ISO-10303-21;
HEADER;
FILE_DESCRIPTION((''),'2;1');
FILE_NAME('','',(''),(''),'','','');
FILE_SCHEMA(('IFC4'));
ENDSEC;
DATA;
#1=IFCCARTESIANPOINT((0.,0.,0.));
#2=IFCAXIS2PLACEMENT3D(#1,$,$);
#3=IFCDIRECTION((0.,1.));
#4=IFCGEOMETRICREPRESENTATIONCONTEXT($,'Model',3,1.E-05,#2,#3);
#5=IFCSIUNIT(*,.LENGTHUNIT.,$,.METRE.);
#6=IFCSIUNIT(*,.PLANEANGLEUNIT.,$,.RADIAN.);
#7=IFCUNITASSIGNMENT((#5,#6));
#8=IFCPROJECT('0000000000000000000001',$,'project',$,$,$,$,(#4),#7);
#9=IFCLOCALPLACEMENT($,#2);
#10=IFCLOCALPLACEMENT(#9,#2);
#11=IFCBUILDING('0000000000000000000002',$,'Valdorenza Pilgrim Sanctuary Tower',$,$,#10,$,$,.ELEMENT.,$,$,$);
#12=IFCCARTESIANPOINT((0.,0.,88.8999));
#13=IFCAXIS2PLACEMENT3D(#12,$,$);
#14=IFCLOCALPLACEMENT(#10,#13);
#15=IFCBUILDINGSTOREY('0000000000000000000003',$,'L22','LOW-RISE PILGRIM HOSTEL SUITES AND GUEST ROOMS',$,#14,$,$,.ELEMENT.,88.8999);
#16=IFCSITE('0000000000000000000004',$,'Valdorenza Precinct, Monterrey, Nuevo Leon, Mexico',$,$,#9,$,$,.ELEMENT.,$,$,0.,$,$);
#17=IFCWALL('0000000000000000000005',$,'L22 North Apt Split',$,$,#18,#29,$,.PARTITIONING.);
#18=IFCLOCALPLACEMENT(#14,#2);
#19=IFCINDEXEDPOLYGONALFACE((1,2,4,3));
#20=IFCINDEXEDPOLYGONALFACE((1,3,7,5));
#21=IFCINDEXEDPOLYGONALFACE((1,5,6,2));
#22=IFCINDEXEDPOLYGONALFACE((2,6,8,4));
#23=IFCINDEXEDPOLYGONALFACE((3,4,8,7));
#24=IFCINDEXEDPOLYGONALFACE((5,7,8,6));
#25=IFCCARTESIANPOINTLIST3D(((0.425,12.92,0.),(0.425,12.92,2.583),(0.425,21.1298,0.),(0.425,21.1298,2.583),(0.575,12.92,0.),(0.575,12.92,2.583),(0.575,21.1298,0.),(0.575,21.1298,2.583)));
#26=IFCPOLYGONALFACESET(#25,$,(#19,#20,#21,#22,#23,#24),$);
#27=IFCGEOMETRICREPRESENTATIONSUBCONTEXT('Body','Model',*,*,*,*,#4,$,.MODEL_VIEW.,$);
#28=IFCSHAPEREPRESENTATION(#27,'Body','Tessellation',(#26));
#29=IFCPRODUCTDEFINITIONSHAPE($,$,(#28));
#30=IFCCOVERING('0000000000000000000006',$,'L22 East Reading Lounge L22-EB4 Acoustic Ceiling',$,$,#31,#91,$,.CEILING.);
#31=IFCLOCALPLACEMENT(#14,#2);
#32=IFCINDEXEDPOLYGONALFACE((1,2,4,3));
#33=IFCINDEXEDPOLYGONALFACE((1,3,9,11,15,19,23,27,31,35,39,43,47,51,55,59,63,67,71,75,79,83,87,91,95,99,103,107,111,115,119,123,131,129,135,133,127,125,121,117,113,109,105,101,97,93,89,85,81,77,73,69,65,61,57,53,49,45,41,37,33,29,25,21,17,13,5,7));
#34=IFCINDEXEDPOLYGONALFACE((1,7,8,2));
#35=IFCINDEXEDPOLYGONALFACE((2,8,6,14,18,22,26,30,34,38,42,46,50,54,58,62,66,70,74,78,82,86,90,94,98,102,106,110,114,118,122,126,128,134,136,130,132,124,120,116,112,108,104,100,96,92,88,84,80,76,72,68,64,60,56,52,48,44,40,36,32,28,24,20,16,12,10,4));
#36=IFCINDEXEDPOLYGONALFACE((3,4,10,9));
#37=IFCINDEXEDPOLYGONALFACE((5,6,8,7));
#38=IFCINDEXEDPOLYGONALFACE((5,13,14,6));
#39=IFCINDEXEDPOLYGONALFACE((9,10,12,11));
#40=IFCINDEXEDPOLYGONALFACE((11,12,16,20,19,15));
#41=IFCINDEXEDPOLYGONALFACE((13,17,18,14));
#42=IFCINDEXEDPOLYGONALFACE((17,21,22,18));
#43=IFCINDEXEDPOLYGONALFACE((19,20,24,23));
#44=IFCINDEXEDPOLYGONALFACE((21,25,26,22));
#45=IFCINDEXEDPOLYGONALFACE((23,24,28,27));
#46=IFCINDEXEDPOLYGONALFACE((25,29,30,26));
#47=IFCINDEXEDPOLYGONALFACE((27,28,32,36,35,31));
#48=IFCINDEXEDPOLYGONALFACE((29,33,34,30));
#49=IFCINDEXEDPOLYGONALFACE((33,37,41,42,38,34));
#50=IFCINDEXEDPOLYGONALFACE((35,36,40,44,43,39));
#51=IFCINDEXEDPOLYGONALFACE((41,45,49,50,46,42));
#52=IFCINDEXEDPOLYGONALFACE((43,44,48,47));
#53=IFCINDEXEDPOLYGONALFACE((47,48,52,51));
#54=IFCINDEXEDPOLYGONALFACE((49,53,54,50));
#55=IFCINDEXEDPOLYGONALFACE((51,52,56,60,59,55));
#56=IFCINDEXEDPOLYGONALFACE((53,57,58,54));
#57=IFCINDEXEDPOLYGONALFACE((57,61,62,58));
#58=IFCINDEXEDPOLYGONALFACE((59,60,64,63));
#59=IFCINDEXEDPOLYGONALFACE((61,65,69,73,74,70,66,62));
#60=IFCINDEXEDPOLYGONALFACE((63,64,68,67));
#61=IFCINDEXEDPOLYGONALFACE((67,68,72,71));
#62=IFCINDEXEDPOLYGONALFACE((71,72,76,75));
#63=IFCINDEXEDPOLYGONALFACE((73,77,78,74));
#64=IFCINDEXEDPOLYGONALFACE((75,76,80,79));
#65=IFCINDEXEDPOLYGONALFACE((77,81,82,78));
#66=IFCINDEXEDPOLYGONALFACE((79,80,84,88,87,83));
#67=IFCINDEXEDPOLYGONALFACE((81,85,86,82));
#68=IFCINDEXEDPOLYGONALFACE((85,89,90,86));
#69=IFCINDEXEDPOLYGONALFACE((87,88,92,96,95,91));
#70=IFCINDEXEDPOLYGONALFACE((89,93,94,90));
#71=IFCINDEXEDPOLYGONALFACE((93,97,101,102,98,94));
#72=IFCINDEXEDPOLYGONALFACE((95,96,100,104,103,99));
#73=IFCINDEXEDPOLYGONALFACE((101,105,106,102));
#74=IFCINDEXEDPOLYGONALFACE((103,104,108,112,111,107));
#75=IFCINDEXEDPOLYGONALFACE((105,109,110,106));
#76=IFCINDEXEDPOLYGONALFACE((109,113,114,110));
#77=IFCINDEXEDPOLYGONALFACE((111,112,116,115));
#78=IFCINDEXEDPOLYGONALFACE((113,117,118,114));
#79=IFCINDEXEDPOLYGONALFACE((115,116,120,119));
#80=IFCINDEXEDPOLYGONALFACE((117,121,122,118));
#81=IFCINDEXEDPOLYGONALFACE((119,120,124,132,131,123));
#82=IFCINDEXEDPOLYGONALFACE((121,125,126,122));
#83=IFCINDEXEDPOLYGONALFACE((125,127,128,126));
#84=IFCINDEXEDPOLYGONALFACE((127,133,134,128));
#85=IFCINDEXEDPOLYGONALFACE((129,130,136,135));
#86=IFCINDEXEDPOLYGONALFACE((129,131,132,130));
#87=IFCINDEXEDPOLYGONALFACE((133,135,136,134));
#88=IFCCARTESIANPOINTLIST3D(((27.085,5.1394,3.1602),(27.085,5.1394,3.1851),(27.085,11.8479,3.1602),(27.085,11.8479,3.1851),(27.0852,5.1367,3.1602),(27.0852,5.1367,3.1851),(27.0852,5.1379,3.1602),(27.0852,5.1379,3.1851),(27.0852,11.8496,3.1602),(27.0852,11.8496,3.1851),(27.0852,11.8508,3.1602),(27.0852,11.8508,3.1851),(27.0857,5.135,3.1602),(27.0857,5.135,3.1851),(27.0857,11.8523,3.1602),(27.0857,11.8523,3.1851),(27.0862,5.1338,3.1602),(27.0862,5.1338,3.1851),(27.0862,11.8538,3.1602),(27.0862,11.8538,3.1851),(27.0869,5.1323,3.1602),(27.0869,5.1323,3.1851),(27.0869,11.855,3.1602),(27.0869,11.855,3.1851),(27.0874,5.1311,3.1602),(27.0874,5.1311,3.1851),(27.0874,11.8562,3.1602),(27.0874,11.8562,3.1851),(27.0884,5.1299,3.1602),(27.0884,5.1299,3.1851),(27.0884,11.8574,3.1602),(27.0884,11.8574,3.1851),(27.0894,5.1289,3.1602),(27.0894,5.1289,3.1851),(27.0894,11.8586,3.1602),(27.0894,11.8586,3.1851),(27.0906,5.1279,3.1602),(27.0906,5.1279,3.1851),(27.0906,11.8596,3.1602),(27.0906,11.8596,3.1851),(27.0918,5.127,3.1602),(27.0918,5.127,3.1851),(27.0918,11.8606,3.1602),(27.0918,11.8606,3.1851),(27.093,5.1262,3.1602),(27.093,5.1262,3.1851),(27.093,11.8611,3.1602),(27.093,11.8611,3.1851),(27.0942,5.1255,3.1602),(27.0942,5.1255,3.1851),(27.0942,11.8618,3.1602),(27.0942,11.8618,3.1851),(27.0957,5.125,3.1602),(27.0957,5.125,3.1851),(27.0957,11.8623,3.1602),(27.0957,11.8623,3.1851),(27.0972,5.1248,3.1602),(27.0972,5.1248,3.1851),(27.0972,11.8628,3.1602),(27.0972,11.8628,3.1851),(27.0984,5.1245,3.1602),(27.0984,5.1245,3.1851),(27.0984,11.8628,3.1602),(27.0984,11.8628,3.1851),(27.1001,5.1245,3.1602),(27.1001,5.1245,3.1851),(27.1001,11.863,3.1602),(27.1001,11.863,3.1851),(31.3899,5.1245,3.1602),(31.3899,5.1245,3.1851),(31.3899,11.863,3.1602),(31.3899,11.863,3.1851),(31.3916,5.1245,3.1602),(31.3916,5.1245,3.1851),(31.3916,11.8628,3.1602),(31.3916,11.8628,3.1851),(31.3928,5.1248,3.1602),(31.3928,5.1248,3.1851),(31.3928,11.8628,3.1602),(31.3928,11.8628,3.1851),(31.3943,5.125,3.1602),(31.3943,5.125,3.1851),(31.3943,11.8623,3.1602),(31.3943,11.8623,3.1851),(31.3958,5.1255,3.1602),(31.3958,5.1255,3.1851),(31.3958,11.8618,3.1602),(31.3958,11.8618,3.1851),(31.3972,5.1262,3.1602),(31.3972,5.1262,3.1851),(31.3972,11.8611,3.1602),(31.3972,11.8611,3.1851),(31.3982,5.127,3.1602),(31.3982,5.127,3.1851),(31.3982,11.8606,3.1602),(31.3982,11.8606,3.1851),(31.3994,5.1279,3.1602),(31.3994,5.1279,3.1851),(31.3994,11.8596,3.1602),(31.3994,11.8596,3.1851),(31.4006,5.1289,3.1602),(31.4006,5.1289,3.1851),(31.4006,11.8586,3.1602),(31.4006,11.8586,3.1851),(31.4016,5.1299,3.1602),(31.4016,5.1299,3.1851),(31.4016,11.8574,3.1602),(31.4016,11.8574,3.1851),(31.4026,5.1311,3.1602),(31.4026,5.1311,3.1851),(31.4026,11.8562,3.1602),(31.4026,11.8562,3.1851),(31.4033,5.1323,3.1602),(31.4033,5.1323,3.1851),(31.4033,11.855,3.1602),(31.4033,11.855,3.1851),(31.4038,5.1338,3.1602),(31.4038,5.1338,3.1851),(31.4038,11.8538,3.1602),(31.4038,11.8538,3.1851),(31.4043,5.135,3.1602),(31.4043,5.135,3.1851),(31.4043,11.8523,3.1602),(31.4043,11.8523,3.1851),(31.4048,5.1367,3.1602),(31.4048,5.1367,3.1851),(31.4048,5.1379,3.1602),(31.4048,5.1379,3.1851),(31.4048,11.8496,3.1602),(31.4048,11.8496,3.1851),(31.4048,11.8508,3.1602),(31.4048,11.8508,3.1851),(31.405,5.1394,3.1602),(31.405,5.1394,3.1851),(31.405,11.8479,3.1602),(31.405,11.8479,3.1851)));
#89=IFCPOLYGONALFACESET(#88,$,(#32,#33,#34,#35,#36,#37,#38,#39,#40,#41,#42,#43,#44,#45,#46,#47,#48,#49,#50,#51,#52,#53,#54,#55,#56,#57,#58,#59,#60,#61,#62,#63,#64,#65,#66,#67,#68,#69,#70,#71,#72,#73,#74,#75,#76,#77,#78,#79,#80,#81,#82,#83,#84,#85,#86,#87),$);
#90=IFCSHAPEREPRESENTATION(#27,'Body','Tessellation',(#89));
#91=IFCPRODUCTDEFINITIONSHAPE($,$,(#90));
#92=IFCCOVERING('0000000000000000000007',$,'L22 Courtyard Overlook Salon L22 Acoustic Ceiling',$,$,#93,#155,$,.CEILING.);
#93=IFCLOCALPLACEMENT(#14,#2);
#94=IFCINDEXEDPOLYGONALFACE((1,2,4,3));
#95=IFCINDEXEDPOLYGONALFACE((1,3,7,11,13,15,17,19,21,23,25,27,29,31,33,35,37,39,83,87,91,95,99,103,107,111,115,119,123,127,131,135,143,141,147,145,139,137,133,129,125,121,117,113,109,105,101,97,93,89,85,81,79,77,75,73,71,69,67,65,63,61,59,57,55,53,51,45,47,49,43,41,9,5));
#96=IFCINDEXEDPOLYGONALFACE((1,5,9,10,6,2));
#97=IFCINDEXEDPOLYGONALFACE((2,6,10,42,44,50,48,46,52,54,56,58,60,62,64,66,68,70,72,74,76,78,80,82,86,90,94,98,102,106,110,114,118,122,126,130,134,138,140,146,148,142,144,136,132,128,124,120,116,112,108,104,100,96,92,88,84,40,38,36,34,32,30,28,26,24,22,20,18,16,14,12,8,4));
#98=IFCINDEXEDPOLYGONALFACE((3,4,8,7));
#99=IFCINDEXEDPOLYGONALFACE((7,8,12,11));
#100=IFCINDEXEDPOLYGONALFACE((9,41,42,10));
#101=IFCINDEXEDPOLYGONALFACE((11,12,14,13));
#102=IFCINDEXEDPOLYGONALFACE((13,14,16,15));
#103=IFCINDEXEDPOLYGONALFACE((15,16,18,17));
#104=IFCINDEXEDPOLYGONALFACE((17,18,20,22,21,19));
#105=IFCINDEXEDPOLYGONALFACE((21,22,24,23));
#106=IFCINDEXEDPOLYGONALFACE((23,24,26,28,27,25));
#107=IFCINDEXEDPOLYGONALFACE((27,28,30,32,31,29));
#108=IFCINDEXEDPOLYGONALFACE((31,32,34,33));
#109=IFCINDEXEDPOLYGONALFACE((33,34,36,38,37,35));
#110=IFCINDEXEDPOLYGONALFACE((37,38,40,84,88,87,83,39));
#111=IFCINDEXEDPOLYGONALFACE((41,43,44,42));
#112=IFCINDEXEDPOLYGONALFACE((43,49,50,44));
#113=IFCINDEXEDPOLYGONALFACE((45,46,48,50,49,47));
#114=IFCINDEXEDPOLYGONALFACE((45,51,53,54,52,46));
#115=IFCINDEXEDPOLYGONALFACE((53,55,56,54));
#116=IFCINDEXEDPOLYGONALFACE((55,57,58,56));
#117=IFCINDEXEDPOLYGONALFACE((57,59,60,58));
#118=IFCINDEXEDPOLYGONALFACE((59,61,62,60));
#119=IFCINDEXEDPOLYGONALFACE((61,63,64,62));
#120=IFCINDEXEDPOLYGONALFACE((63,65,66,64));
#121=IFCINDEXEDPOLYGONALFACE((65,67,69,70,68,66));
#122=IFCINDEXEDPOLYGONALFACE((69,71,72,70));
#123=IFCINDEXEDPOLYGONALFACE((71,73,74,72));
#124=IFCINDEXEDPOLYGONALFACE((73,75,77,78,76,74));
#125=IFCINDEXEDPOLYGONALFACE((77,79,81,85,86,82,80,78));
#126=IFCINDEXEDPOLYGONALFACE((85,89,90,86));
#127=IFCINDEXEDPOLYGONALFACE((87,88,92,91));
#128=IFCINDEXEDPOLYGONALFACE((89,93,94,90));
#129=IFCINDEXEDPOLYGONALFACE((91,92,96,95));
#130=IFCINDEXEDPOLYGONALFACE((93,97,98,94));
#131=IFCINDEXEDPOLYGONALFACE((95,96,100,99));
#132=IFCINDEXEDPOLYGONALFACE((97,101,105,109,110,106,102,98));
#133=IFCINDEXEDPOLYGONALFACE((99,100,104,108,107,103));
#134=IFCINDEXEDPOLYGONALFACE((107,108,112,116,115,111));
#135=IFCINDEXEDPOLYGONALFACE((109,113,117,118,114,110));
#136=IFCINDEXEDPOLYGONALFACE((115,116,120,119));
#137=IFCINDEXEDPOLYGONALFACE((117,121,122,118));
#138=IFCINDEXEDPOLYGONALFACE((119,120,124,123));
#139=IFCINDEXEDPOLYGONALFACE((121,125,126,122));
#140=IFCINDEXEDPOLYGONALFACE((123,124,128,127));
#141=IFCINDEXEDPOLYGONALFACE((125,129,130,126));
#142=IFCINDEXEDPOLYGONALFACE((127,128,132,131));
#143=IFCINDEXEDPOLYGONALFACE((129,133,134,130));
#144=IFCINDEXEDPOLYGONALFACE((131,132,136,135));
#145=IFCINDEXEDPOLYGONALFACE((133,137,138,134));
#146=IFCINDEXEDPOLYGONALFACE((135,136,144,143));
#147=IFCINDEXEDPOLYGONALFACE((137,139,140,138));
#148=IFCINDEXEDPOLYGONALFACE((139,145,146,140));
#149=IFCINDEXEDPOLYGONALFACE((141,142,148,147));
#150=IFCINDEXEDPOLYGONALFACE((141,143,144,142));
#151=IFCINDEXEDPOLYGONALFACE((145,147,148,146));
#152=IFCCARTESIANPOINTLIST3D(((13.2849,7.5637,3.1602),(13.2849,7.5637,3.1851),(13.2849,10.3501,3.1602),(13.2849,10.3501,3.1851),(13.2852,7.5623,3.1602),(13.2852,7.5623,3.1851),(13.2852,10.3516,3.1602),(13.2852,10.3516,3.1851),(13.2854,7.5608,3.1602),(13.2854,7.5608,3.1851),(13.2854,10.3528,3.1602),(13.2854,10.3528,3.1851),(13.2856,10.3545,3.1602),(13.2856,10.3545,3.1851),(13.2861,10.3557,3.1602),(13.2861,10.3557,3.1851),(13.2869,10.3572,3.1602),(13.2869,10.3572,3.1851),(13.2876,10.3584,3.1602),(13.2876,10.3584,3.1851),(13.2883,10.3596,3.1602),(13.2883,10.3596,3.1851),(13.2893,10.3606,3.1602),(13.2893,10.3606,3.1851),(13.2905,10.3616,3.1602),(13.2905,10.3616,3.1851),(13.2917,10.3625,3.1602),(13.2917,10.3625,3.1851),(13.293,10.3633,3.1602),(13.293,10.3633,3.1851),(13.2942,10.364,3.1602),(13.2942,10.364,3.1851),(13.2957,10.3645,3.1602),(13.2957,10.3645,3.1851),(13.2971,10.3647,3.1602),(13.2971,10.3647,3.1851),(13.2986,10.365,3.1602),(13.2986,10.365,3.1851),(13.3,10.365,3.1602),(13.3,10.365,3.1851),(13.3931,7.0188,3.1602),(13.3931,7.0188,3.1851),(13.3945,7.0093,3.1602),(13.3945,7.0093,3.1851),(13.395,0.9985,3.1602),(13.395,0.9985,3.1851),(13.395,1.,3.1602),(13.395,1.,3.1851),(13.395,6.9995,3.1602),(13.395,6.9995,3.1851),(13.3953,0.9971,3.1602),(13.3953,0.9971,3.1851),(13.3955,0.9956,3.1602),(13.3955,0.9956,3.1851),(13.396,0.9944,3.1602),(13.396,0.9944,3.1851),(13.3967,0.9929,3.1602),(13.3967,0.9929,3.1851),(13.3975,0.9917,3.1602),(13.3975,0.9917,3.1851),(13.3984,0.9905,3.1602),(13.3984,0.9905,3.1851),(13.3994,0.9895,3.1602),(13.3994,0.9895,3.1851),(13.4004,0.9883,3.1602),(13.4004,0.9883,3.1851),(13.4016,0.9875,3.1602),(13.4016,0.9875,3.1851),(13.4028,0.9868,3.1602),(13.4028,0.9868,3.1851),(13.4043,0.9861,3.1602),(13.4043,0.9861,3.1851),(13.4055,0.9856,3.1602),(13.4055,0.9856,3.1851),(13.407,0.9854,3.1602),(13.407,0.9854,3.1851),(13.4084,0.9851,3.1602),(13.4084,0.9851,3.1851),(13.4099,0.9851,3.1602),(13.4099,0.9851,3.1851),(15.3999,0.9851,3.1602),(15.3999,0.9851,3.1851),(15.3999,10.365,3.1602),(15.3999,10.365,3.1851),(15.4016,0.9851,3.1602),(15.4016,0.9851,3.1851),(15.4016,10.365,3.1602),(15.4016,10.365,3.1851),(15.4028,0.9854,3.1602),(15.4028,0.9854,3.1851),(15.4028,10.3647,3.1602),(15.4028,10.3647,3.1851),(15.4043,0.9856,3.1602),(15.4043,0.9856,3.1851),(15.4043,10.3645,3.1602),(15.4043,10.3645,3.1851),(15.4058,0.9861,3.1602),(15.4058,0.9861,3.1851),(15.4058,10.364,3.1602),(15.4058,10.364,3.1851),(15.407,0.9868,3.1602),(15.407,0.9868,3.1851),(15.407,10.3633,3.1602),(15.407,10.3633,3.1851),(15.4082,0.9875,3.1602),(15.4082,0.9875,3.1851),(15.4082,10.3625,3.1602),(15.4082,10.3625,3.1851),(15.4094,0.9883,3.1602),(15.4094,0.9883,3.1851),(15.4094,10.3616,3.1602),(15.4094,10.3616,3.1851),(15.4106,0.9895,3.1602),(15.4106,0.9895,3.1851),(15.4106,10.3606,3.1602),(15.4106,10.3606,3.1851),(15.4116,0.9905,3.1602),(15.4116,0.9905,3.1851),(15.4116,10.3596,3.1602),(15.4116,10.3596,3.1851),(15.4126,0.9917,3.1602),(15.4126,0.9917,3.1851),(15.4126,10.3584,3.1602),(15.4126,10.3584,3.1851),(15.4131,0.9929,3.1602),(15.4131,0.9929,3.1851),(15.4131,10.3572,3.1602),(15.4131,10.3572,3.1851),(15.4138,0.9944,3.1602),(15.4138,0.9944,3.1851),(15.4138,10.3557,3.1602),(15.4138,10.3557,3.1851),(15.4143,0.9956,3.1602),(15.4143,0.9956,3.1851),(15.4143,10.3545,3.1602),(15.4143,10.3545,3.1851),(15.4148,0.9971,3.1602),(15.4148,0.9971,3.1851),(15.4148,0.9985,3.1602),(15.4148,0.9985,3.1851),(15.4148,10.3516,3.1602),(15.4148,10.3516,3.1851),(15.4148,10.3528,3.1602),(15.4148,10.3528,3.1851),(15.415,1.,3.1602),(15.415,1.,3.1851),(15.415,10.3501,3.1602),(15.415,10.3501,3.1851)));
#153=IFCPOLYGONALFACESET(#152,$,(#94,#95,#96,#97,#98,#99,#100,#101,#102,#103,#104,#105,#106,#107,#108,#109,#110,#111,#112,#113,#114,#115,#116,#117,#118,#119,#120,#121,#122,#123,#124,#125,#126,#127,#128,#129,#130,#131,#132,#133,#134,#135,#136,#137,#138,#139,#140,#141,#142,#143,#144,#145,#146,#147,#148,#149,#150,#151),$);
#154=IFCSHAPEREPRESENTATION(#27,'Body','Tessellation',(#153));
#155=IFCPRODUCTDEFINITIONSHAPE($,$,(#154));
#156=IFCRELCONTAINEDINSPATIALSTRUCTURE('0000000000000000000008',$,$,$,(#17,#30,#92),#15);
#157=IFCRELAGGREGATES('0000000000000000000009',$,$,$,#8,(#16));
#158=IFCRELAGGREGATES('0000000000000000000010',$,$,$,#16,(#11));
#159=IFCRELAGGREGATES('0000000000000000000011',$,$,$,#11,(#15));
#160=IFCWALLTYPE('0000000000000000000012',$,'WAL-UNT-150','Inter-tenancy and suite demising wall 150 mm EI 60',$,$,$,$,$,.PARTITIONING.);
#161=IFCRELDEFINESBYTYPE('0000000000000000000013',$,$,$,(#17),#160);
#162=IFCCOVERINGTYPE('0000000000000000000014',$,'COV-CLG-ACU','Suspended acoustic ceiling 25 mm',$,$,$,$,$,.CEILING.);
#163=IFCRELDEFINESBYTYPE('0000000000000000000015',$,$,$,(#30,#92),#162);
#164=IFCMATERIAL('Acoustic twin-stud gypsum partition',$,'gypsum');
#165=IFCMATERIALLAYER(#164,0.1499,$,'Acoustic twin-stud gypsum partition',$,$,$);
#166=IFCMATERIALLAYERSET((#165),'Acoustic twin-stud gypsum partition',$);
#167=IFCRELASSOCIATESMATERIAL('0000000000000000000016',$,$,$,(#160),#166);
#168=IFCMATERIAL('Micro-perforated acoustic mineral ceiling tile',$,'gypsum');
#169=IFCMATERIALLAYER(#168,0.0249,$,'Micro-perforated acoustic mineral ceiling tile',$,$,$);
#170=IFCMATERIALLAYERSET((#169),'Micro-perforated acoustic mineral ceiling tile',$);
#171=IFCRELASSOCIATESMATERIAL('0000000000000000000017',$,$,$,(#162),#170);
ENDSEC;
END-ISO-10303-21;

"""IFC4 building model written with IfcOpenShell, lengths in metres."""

from ifc_helpers import new_model, si_unit, direction, frame, frame_2d, origin, place, context, subcontext, project, spatial, polyline, rectangle, outline, extrude, material, layer, layer_set, type_object, element, save


model = new_model("IFC4")

# Units and contexts
model_context = context("Model", 3, precision=1e-05, world=origin(), true_north=direction((0.0, 1.0)))
body_context = subcontext(model_context, "Body", "Model", "MODEL_VIEW")
ifc_project = project(units=[si_unit("LENGTHUNIT", "METRE"), si_unit("PLANEANGLEUNIT", "RADIAN")], contexts=[model_context])

# Site, building, storey
site_placement = place(None, origin())
site = spatial("IfcSite", under=ifc_project, at=site_placement, Name="Valdorenza Precinct, Monterrey, Nuevo Leon, Mexico", CompositionType="ELEMENT", RefElevation=0.0)
building_placement = place(site_placement, origin())
building = spatial("IfcBuilding", under=site, at=building_placement, Name="Valdorenza Pilgrim Sanctuary Tower", CompositionType="ELEMENT")
storey_placement = place(building_placement, frame((0.0, 0.0, 88.8999)))
storey = spatial("IfcBuildingStorey", under=building, at=storey_placement, Name="L22", Description="LOW-RISE PILGRIM HOSTEL SUITES AND GUEST ROOMS", CompositionType="ELEMENT", Elevation=88.8999)

# Wall
ifc_material_1 = material(Name="Acoustic twin-stud gypsum partition", Category="gypsum")
ifc_layer_1 = layer(ifc_material_1, 0.1499, Name="Acoustic twin-stud gypsum partition")
ifc_layer_set_1 = layer_set([ifc_layer_1], Name="Acoustic twin-stud gypsum partition")
wall_type_1 = type_object("IfcWallType", Name="WAL-UNT-150", Description="Inter-tenancy and suite demising wall 150 mm EI 60", PredefinedType="PARTITIONING", material=ifc_layer_set_1)
wall_1_placement = place(storey_placement, frame((0.5, 12.9199, 0.0), z_axis=(0.0, 0.0, 1.0), x_axis=(0.0, 1.0, 0.0)))
element("IfcWall", 1, at=wall_1_placement, inside=storey, type_object=wall_type_1, Name="L22 North Apt Split", PredefinedType="PARTITIONING", context=body_context, shape_type="SweptSolid", body=[
    extrude(rectangle(XDim=8.2097, YDim=0.1499, at=frame_2d((4.105, 0.0))), origin(), (0.0, 0.0, 1.0), 2.583),
])

# Coverings
ifc_material_2 = material(Name="Micro-perforated acoustic mineral ceiling tile", Category="gypsum")
ifc_layer_2 = layer(ifc_material_2, 0.0249, Name="Micro-perforated acoustic mineral ceiling tile")
ifc_layer_set_2 = layer_set([ifc_layer_2], Name="Micro-perforated acoustic mineral ceiling tile")
covering_type_1 = type_object("IfcCoveringType", Name="COV-CLG-ACU", Description="Suspended acoustic ceiling 25 mm", PredefinedType="CEILING", material=ifc_layer_set_2)
covering_1_placement = place(storey_placement, frame((0.0, 0.0, 3.1602)))
element("IfcCovering", 2, at=covering_1_placement, inside=storey, type_object=covering_type_1, Name="L22 East Reading Lounge L22-EB4 Acoustic Ceiling", PredefinedType="CEILING", context=body_context, shape_type="SweptSolid", body=[
    extrude(outline(polyline([(27.085, 11.8479), (27.0852, 11.8496), (27.0852, 11.8508), (27.0857, 11.8523), (27.0862, 11.8538), (27.0869, 11.855), (27.0874, 11.8562), (27.0884, 11.8574), (27.0894, 11.8586), (27.0906, 11.8596), (27.0918, 11.8606), (27.093, 11.8611), (27.0942, 11.8618), (27.0957, 11.8623), (27.0972, 11.8628), (27.0984, 11.8628), (27.1001, 11.863), (31.3899, 11.863), (31.3916, 11.8628), (31.3928, 11.8628), (31.3943, 11.8623), (31.3958, 11.8618), (31.3972, 11.8611), (31.3982, 11.8606), (31.3994, 11.8596), (31.4006, 11.8586), (31.4016, 11.8574), (31.4026, 11.8562), (31.4033, 11.855), (31.4038, 11.8538), (31.4043, 11.8523), (31.4048, 11.8508), (31.4048, 11.8496), (31.405, 11.8479), (31.405, 5.1394), (31.4048, 5.1379), (31.4048, 5.1367), (31.4043, 5.135), (31.4038, 5.1338), (31.4033, 5.1323), (31.4026, 5.1311), (31.4016, 5.1299), (31.4006, 5.1289), (31.3994, 5.1279), (31.3982, 5.127), (31.3972, 5.1262), (31.3958, 5.1255), (31.3943, 5.125), (31.3928, 5.1248), (31.3916, 5.1245), (31.3899, 5.1245), (27.1001, 5.1245), (27.0984, 5.1245), (27.0972, 5.1248), (27.0957, 5.125), (27.0942, 5.1255), (27.093, 5.1262), (27.0918, 5.127), (27.0906, 5.1279), (27.0894, 5.1289), (27.0884, 5.1299), (27.0874, 5.1311), (27.0869, 5.1323), (27.0862, 5.1338), (27.0857, 5.135), (27.0852, 5.1367), (27.0852, 5.1379), (27.085, 5.1394), (27.085, 11.8479)])), origin(), (0.0, 0.0, 1.0), 0.0249),
])
covering_2_placement = place(storey_placement, frame((0.0, 0.0, 3.1602)))
element("IfcCovering", 3, at=covering_2_placement, inside=storey, type_object=covering_type_1, Name="L22 Courtyard Overlook Salon L22 Acoustic Ceiling", PredefinedType="CEILING", context=body_context, shape_type="SweptSolid", body=[
    extrude(outline(polyline([(15.3999, 10.365), (15.4016, 10.365), (15.4028, 10.3647), (15.4043, 10.3645), (15.4058, 10.364), (15.407, 10.3633), (15.4082, 10.3625), (15.4094, 10.3616), (15.4106, 10.3606), (15.4116, 10.3596), (15.4126, 10.3584), (15.4131, 10.3572), (15.4138, 10.3557), (15.4143, 10.3545), (15.4148, 10.3528), (15.4148, 10.3516), (15.415, 10.3501), (15.415, 1.0), (15.4148, 0.9985), (15.4148, 0.9971), (15.4143, 0.9956), (15.4138, 0.9944), (15.4131, 0.9929), (15.4126, 0.9917), (15.4116, 0.9905), (15.4106, 0.9895), (15.4094, 0.9883), (15.4082, 0.9875), (15.407, 0.9868), (15.4058, 0.9861), (15.4043, 0.9856), (15.4028, 0.9854), (15.4016, 0.9851), (15.3999, 0.9851), (13.4099, 0.9851), (13.4084, 0.9851), (13.407, 0.9854), (13.4055, 0.9856), (13.4043, 0.9861), (13.4028, 0.9868), (13.4016, 0.9875), (13.4004, 0.9883), (13.3994, 0.9895), (13.3984, 0.9905), (13.3975, 0.9917), (13.3967, 0.9929), (13.396, 0.9944), (13.3955, 0.9956), (13.3953, 0.9971), (13.395, 0.9985), (13.395, 1.0), (13.395, 6.9995), (13.3945, 7.0093), (13.3931, 7.0188), (13.2854, 7.5608), (13.2852, 7.5623), (13.2849, 7.5637), (13.2849, 10.3501), (13.2852, 10.3516), (13.2854, 10.3528), (13.2856, 10.3545), (13.2861, 10.3557), (13.2869, 10.3572), (13.2876, 10.3584), (13.2883, 10.3596), (13.2893, 10.3606), (13.2905, 10.3616), (13.2917, 10.3625), (13.293, 10.3633), (13.2942, 10.364), (13.2957, 10.3645), (13.2971, 10.3647), (13.2986, 10.365), (13.3, 10.365), (15.3999, 10.365)])), origin(), (0.0, 0.0, 1.0), 0.0249),
])

save(model, "model.ifc")
